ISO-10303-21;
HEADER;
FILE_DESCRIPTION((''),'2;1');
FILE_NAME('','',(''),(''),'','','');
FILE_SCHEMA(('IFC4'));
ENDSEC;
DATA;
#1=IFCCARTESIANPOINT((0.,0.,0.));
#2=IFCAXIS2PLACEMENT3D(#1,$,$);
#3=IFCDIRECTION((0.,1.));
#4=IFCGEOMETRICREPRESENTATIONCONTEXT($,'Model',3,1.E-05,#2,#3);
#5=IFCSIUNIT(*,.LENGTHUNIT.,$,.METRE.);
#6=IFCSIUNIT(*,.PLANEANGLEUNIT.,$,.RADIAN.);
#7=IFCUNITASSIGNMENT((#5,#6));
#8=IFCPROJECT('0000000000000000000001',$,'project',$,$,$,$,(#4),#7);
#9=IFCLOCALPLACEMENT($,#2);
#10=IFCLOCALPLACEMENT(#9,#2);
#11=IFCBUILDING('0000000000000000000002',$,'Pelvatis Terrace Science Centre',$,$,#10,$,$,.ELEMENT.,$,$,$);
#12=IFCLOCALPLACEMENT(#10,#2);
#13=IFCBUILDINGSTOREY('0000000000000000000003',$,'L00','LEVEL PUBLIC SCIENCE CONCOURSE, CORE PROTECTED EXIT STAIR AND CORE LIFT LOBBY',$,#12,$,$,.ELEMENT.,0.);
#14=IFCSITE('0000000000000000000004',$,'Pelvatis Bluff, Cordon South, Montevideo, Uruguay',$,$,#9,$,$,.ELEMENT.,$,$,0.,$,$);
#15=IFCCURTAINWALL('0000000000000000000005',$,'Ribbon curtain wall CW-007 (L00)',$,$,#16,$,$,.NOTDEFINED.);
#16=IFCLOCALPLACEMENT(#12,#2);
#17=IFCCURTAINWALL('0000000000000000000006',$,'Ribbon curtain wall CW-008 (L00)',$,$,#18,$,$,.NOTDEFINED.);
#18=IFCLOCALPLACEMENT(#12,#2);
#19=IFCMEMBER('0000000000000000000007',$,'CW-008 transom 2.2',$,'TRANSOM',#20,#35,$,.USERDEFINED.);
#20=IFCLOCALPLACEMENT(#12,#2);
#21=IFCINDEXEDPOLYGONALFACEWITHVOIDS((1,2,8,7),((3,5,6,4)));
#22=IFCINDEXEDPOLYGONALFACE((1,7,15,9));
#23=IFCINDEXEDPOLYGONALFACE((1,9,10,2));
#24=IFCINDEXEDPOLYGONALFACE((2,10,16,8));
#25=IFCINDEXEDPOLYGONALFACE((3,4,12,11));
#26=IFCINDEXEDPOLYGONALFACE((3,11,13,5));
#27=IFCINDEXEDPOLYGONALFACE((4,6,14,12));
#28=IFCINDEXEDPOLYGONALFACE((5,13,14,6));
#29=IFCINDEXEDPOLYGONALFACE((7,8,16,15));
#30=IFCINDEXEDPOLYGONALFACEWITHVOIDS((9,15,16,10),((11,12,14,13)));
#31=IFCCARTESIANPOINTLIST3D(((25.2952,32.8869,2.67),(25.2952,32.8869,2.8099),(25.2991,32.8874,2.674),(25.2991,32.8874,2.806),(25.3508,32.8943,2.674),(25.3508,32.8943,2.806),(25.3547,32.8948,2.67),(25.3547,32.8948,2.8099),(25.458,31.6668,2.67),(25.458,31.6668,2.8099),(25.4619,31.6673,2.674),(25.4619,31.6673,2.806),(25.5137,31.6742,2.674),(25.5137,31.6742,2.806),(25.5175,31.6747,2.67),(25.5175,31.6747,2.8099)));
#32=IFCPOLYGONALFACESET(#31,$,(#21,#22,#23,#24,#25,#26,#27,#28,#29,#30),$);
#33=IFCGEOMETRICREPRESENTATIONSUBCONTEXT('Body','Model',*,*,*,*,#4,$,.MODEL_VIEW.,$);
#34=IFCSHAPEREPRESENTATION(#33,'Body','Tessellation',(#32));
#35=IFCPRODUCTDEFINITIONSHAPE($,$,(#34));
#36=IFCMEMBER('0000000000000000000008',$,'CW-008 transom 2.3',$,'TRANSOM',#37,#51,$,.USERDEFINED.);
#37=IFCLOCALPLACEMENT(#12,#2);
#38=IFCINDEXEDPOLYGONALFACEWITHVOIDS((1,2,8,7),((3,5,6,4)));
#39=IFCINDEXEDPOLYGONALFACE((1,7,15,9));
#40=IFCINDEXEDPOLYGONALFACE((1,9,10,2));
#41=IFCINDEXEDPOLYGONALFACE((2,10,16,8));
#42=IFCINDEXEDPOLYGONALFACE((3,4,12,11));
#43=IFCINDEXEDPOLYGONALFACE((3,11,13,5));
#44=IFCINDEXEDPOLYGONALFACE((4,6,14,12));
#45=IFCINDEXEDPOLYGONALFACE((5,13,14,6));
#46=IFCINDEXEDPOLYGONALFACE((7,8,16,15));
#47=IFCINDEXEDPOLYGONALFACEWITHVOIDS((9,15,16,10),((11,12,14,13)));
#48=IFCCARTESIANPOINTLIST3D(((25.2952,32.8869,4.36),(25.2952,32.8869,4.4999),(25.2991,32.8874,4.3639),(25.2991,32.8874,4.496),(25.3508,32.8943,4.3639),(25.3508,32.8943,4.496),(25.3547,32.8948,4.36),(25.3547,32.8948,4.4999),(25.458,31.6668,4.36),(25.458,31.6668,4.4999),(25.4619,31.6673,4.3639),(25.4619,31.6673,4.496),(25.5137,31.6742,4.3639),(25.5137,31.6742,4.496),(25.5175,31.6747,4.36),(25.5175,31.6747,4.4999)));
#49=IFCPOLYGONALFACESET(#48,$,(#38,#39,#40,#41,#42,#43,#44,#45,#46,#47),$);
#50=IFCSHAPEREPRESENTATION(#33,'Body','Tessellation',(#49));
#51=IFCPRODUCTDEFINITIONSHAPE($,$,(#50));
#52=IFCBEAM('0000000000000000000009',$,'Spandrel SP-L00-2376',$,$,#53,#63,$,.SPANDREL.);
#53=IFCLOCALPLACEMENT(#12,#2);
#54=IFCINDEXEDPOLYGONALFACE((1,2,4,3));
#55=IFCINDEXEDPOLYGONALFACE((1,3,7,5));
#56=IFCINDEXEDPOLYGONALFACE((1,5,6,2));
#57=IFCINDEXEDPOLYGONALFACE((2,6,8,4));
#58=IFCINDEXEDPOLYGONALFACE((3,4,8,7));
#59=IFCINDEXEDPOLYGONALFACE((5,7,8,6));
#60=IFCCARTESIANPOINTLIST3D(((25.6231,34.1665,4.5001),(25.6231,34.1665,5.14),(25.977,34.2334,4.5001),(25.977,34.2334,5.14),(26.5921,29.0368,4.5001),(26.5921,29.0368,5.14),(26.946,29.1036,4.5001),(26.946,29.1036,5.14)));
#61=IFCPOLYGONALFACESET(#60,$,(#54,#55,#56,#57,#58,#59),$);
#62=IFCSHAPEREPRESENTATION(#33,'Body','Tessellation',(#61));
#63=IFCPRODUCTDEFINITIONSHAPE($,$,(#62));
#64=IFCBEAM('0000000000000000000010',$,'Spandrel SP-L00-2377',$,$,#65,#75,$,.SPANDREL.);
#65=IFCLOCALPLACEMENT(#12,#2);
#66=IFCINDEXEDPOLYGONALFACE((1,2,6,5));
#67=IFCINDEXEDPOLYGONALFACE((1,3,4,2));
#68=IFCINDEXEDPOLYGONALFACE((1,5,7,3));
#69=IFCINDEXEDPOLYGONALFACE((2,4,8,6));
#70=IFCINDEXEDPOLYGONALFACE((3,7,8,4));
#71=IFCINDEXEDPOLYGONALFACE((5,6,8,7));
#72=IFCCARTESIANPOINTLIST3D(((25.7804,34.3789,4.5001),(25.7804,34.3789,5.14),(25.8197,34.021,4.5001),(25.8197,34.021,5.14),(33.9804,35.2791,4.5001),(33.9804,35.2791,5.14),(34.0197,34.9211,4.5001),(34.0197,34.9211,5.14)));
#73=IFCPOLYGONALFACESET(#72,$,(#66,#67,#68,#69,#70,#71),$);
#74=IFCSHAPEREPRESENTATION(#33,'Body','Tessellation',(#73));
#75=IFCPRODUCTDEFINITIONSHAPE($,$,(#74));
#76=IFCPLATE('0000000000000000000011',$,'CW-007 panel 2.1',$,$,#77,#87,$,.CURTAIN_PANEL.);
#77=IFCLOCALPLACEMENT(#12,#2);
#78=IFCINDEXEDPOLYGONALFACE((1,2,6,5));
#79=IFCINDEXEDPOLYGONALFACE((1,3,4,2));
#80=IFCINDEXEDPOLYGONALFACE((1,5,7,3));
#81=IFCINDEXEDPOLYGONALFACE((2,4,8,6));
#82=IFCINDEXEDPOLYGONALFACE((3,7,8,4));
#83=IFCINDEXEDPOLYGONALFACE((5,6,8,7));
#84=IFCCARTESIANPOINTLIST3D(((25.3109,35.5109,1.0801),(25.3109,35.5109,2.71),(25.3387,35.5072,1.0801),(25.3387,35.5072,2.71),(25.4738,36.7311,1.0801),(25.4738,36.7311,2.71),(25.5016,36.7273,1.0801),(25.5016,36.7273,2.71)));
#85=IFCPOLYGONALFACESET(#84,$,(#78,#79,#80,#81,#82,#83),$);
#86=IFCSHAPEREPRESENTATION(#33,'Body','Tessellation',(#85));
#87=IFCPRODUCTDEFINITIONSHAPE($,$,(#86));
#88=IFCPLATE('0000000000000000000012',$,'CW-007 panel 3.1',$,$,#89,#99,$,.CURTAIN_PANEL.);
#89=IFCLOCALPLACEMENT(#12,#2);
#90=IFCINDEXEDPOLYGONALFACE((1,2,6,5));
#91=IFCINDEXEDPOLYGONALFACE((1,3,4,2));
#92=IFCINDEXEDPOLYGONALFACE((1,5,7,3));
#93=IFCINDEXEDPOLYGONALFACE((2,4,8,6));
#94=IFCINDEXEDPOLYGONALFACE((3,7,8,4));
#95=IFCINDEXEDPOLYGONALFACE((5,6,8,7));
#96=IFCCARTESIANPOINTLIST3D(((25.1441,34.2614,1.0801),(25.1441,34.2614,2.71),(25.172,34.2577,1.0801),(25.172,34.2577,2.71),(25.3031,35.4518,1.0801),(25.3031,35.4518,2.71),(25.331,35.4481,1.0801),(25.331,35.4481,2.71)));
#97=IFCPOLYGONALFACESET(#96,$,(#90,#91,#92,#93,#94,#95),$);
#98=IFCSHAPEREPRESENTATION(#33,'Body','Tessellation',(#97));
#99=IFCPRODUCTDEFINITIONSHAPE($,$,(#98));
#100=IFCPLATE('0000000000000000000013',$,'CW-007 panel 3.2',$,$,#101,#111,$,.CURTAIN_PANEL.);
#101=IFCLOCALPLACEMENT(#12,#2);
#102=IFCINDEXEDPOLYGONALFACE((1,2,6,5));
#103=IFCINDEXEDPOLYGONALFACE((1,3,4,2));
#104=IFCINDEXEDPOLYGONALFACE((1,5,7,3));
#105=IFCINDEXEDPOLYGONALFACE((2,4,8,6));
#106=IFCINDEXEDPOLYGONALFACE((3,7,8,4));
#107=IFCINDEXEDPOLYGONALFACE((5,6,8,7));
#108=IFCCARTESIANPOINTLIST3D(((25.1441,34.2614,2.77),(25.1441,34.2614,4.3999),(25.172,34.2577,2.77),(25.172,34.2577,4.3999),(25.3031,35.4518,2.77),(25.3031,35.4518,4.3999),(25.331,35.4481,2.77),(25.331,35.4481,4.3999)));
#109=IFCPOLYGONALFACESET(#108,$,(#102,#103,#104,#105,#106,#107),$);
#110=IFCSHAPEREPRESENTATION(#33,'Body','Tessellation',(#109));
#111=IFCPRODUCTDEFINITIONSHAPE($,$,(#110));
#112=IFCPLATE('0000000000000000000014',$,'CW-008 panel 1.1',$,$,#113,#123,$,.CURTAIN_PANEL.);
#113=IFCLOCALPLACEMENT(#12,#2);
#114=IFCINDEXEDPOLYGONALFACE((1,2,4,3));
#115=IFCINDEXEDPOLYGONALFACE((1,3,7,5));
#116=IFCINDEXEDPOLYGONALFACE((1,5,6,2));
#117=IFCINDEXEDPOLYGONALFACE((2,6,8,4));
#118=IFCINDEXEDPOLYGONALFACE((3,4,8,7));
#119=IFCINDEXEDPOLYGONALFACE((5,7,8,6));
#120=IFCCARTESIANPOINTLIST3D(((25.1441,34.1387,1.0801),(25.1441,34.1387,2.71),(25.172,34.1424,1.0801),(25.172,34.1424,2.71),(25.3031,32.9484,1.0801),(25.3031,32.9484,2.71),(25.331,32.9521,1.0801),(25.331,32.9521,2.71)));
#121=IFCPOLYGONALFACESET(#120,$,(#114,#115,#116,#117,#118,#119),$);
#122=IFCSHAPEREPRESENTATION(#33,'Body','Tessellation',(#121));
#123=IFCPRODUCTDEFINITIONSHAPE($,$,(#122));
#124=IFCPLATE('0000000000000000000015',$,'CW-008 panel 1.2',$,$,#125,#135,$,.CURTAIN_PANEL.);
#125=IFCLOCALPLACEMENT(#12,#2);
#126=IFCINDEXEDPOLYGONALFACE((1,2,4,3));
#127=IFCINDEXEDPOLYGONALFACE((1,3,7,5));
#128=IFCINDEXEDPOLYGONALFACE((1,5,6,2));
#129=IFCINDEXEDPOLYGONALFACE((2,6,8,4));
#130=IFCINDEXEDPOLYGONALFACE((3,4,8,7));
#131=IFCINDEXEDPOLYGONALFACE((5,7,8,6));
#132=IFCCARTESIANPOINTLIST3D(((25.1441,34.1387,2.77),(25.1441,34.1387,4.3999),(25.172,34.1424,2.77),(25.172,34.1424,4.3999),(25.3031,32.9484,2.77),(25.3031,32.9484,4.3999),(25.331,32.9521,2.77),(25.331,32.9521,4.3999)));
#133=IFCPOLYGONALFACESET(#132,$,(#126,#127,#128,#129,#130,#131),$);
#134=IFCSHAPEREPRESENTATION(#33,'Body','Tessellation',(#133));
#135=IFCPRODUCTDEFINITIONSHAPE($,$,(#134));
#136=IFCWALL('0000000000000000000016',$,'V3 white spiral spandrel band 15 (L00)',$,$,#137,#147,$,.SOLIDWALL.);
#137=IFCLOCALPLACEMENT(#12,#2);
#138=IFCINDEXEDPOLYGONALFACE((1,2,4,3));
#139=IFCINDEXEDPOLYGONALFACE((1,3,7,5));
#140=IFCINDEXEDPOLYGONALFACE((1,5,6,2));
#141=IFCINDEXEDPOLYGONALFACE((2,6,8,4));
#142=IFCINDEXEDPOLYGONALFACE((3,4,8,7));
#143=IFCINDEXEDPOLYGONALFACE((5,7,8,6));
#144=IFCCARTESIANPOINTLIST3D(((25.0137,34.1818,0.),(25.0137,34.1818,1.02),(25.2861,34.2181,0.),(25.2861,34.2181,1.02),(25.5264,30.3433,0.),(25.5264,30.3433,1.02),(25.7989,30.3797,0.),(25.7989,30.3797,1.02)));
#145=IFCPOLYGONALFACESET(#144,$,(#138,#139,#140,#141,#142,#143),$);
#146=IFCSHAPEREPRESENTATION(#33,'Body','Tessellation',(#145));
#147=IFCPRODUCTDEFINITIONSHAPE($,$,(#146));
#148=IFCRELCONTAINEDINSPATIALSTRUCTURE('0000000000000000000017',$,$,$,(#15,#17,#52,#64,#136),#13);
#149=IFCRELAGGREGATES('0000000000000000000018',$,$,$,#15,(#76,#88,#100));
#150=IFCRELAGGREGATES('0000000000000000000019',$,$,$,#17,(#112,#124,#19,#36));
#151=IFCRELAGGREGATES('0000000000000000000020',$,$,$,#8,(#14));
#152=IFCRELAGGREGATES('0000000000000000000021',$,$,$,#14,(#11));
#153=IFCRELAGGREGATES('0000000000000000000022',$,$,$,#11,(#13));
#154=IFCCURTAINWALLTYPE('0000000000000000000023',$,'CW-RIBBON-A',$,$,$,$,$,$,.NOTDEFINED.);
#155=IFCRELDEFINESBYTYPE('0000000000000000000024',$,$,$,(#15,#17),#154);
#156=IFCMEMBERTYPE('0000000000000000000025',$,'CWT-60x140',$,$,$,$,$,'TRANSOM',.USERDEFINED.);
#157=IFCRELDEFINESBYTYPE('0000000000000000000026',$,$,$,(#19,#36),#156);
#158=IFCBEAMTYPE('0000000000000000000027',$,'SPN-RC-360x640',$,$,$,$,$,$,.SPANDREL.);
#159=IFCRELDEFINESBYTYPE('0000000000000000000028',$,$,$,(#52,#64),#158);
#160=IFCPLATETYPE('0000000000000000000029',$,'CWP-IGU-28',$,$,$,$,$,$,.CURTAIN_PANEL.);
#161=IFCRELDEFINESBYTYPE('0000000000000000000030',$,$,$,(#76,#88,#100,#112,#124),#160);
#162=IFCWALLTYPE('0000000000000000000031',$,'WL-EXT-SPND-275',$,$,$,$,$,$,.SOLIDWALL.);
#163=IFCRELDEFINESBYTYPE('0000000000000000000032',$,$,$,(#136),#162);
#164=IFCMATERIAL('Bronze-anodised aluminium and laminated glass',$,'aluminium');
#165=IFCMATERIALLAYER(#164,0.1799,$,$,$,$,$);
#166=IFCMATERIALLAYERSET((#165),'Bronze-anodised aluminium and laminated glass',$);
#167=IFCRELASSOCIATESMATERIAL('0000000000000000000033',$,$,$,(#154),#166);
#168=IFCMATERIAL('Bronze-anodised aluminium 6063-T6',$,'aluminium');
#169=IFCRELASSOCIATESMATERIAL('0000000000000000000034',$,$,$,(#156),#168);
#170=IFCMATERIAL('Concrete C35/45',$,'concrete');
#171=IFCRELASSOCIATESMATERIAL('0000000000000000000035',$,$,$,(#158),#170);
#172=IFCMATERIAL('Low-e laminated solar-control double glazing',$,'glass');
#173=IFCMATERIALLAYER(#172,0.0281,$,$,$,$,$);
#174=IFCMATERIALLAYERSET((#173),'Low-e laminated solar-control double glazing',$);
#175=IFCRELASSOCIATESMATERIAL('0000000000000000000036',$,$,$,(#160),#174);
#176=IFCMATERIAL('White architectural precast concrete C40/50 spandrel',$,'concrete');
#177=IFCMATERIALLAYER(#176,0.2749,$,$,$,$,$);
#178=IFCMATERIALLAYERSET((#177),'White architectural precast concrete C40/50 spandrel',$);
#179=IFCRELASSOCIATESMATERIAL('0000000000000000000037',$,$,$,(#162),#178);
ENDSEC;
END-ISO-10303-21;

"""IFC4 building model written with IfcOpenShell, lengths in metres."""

from ifc_helpers import new_model, si_unit, direction, frame, frame_2d, origin, origin_2d, place, context, subcontext, project, spatial, rectangle, hollow_rectangle, extrude, material, layer, layer_set, material_profile, profile_set, type_object, element, aggregate, save


model = new_model("IFC4")

# Units and contexts
model_context = context("Model", 3, precision=1e-05, world=origin(), true_north=direction((0.0, 1.0)))
body_context = subcontext(model_context, "Body", "Model", "MODEL_VIEW")
ifc_project = project(units=[si_unit("LENGTHUNIT", "METRE"), si_unit("PLANEANGLEUNIT", "RADIAN")], contexts=[model_context])

# Site, building, storey
site_placement = place(None, origin())
site = spatial("IfcSite", under=ifc_project, at=site_placement, Name="Pelvatis Bluff, Cordon South, Montevideo, Uruguay", CompositionType="ELEMENT", RefElevation=0.0)
building_placement = place(site_placement, origin())
building = spatial("IfcBuilding", under=site, at=building_placement, Name="Pelvatis Terrace Science Centre", CompositionType="ELEMENT")
storey_placement = place(building_placement, origin())
storey = spatial("IfcBuildingStorey", under=building, at=storey_placement, Name="L00", Description="LEVEL PUBLIC SCIENCE CONCOURSE, CORE PROTECTED EXIT STAIR AND CORE LIFT LOBBY", CompositionType="ELEMENT", Elevation=0.0)

# Curtain walls
ifc_material_1 = material(Name="Bronze-anodised aluminium and laminated glass", Category="aluminium")
ifc_layer_1 = layer(ifc_material_1, 0.1799)
ifc_layer_set_1 = layer_set([ifc_layer_1], Name="Bronze-anodised aluminium and laminated glass")
curtain_wall_type = type_object("IfcCurtainWallType", Name="CW-RIBBON-A", PredefinedType="NOTDEFINED", material=ifc_layer_set_1)
curtain_wall_1_placement = place(storey_placement, origin())
curtain_wall_1 = element("IfcCurtainWall", 1, at=curtain_wall_1_placement, inside=storey, type_object=curtain_wall_type, Name="Ribbon curtain wall CW-007 (L00)", PredefinedType="NOTDEFINED")
curtain_wall_2_placement = place(storey_placement, origin())
curtain_wall_2 = element("IfcCurtainWall", 2, at=curtain_wall_2_placement, inside=storey, type_object=curtain_wall_type, Name="Ribbon curtain wall CW-008 (L00)", PredefinedType="NOTDEFINED")

# Members
ifc_material_2 = material(Name="Bronze-anodised aluminium 6063-T6", Category="aluminium")
ifc_material_profile_1 = material_profile(ifc_material_2, hollow_rectangle(XDim=0.0601, YDim=0.1399, WallThickness=0.0039, at=origin_2d()), Name="ALU-TRN 60x140")
ifc_profile_set_1 = profile_set([ifc_material_profile_1], Name="Bronze-anodised aluminium 6063-T6")
member_type_1 = type_object("IfcMemberType", Name="CWT-60x140", ElementType="TRANSOM", PredefinedType="USERDEFINED", material=ifc_profile_set_1)
member_1_placement = place(storey_placement, frame((25.325, 32.8909, 2.74), z_axis=(0.132281, -0.991212, 0.0), x_axis=(0.991212, 0.132281, 0.0)))
member_1 = element("IfcMember", 3, at=member_1_placement, type_object=member_type_1, Name="CW-008 transom 2.2", ObjectType="TRANSOM", PredefinedType="USERDEFINED", context=body_context, shape_type="SweptSolid", body=[
    extrude(hollow_rectangle(XDim=0.0601, YDim=0.1399, WallThickness=0.0039, at=origin_2d()), origin(), (0.0, 0.0, 1.0), 1.231),
])
member_2_placement = place(storey_placement, frame((25.325, 32.8909, 4.4299), z_axis=(0.132281, -0.991212, 0.0), x_axis=(0.991212, 0.132281, 0.0)))
member_2 = element("IfcMember", 4, at=member_2_placement, type_object=member_type_1, Name="CW-008 transom 2.3", ObjectType="TRANSOM", PredefinedType="USERDEFINED", context=body_context, shape_type="SweptSolid", body=[
    extrude(hollow_rectangle(XDim=0.0601, YDim=0.1399, WallThickness=0.0039, at=origin_2d()), origin(), (0.0, 0.0, 1.0), 1.231),
])

# Beams
ifc_material_3 = material(Name="Concrete C35/45", Category="concrete")
ifc_material_profile_2 = material_profile(ifc_material_3, rectangle(XDim=0.3601, YDim=0.6399, at=origin_2d()), Name="RC-SPN 360x640")
ifc_profile_set_2 = profile_set([ifc_material_profile_2], Name="Concrete C35/45")
beam_type = type_object("IfcBeamType", Name="SPN-RC-360x640", PredefinedType="SPANDREL", material=ifc_profile_set_2)
beam_1_placement = place(storey_placement, frame((25.8, 34.2, 4.8201), z_axis=(0.185618, -0.982622, 0.0), x_axis=(0.982622, 0.185618, 0.0)))
element("IfcBeam", 5, at=beam_1_placement, inside=storey, type_object=beam_type, Name="Spandrel SP-L00-2376", PredefinedType="SPANDREL", context=body_context, shape_type="SweptSolid", body=[
    extrude(rectangle(XDim=0.3601, YDim=0.6399, at=origin_2d()), origin(), (0.0, 0.0, 1.0), 5.2205),
])
beam_2_placement = place(storey_placement, frame((25.8, 34.2, 4.8201), z_axis=(0.994029, 0.109119, 0.0), x_axis=(-0.109119, 0.994029, 0.0)))
element("IfcBeam", 6, at=beam_2_placement, inside=storey, type_object=beam_type, Name="Spandrel SP-L00-2377", PredefinedType="SPANDREL", context=body_context, shape_type="SweptSolid", body=[
    extrude(rectangle(XDim=0.3601, YDim=0.6399, at=origin_2d()), origin(), (0.0, 0.0, 1.0), 8.2493),
])

# Plates
ifc_material_4 = material(Name="Low-e laminated solar-control double glazing", Category="glass")
ifc_layer_2 = layer(ifc_material_4, 0.0281)
ifc_layer_set_2 = layer_set([ifc_layer_2], Name="Low-e laminated solar-control double glazing")
plate_type = type_object("IfcPlateType", Name="CWP-IGU-28", PredefinedType="CURTAIN_PANEL", material=ifc_layer_set_2)
plate_1_placement = place(storey_placement, frame((25.4062, 36.1191, 1.0801), z_axis=(0.0, 0.0, 1.0), x_axis=(-0.132392, -0.991197, 0.0)))
plate_1 = element("IfcPlate", 7, at=plate_1_placement, type_object=plate_type, Name="CW-007 panel 2.1", PredefinedType="CURTAIN_PANEL", context=body_context, shape_type="SweptSolid", body=[
    extrude(rectangle(XDim=1.231, YDim=0.0281, at=origin_2d()), origin(), (0.0, 0.0, 1.0), 1.6299),
])
plate_2_placement = place(storey_placement, frame((25.2375, 34.8547, 1.0801), z_axis=(0.0, 0.0, 1.0), x_axis=(-0.132392, -0.991197, 0.0)))
plate_2 = element("IfcPlate", 8, at=plate_2_placement, type_object=plate_type, Name="CW-007 panel 3.1", PredefinedType="CURTAIN_PANEL", context=body_context, shape_type="SweptSolid", body=[
    extrude(rectangle(XDim=1.2009, YDim=0.0281, at=origin_2d()), origin(), (0.0, 0.0, 1.0), 1.6299),
])
plate_3_placement = place(storey_placement, frame((25.2375, 34.8547, 2.77), z_axis=(0.0, 0.0, 1.0), x_axis=(-0.132392, -0.991197, 0.0)))
plate_3 = element("IfcPlate", 9, at=plate_3_placement, type_object=plate_type, Name="CW-007 panel 3.2", PredefinedType="CURTAIN_PANEL", context=body_context, shape_type="SweptSolid", body=[
    extrude(rectangle(XDim=1.2009, YDim=0.0281, at=origin_2d()), origin(), (0.0, 0.0, 1.0), 1.6299),
])
aggregate(curtain_wall_1, [plate_1, plate_2, plate_3])
plate_4_placement = place(storey_placement, frame((25.2375, 33.5454, 1.0801), z_axis=(0.0, 0.0, 1.0), x_axis=(0.132392, -0.991197, 0.0)))
plate_4 = element("IfcPlate", 10, at=plate_4_placement, type_object=plate_type, Name="CW-008 panel 1.1", PredefinedType="CURTAIN_PANEL", context=body_context, shape_type="SweptSolid", body=[
    extrude(rectangle(XDim=1.2009, YDim=0.0281, at=origin_2d()), origin(), (0.0, 0.0, 1.0), 1.6299),
])
plate_5_placement = place(storey_placement, frame((25.2375, 33.5454, 2.77), z_axis=(0.0, 0.0, 1.0), x_axis=(0.132392, -0.991197, 0.0)))
plate_5 = element("IfcPlate", 11, at=plate_5_placement, type_object=plate_type, Name="CW-008 panel 1.2", PredefinedType="CURTAIN_PANEL", context=body_context, shape_type="SweptSolid", body=[
    extrude(rectangle(XDim=1.2009, YDim=0.0281, at=origin_2d()), origin(), (0.0, 0.0, 1.0), 1.6299),
])
aggregate(curtain_wall_2, [plate_4, plate_5, member_1, member_2])

# Wall
ifc_material_5 = material(Name="White architectural precast concrete C40/50 spandrel", Category="concrete")
ifc_layer_3 = layer(ifc_material_5, 0.2749)
ifc_layer_set_3 = layer_set([ifc_layer_3], Name="White architectural precast concrete C40/50 spandrel")
wall_type = type_object("IfcWallType", Name="WL-EXT-SPND-275", PredefinedType="SOLIDWALL", material=ifc_layer_set_3)
wall_placement = place(storey_placement, frame((25.1499, 34.2, 0.0), z_axis=(0.0, 0.0, 1.0), x_axis=(0.132395, -0.991197, 0.0)))
element("IfcWall", 12, at=wall_placement, inside=storey, type_object=wall_type, Name="V3 white spiral spandrel band 15 (L00)", PredefinedType="SOLIDWALL", context=body_context, shape_type="SweptSolid", body=[
    extrude(rectangle(XDim=3.8726, YDim=0.2749, at=frame_2d((1.9363, 0.0))), origin(), (0.0, 0.0, 1.0), 1.02),
])

save(model, "model.ifc")
